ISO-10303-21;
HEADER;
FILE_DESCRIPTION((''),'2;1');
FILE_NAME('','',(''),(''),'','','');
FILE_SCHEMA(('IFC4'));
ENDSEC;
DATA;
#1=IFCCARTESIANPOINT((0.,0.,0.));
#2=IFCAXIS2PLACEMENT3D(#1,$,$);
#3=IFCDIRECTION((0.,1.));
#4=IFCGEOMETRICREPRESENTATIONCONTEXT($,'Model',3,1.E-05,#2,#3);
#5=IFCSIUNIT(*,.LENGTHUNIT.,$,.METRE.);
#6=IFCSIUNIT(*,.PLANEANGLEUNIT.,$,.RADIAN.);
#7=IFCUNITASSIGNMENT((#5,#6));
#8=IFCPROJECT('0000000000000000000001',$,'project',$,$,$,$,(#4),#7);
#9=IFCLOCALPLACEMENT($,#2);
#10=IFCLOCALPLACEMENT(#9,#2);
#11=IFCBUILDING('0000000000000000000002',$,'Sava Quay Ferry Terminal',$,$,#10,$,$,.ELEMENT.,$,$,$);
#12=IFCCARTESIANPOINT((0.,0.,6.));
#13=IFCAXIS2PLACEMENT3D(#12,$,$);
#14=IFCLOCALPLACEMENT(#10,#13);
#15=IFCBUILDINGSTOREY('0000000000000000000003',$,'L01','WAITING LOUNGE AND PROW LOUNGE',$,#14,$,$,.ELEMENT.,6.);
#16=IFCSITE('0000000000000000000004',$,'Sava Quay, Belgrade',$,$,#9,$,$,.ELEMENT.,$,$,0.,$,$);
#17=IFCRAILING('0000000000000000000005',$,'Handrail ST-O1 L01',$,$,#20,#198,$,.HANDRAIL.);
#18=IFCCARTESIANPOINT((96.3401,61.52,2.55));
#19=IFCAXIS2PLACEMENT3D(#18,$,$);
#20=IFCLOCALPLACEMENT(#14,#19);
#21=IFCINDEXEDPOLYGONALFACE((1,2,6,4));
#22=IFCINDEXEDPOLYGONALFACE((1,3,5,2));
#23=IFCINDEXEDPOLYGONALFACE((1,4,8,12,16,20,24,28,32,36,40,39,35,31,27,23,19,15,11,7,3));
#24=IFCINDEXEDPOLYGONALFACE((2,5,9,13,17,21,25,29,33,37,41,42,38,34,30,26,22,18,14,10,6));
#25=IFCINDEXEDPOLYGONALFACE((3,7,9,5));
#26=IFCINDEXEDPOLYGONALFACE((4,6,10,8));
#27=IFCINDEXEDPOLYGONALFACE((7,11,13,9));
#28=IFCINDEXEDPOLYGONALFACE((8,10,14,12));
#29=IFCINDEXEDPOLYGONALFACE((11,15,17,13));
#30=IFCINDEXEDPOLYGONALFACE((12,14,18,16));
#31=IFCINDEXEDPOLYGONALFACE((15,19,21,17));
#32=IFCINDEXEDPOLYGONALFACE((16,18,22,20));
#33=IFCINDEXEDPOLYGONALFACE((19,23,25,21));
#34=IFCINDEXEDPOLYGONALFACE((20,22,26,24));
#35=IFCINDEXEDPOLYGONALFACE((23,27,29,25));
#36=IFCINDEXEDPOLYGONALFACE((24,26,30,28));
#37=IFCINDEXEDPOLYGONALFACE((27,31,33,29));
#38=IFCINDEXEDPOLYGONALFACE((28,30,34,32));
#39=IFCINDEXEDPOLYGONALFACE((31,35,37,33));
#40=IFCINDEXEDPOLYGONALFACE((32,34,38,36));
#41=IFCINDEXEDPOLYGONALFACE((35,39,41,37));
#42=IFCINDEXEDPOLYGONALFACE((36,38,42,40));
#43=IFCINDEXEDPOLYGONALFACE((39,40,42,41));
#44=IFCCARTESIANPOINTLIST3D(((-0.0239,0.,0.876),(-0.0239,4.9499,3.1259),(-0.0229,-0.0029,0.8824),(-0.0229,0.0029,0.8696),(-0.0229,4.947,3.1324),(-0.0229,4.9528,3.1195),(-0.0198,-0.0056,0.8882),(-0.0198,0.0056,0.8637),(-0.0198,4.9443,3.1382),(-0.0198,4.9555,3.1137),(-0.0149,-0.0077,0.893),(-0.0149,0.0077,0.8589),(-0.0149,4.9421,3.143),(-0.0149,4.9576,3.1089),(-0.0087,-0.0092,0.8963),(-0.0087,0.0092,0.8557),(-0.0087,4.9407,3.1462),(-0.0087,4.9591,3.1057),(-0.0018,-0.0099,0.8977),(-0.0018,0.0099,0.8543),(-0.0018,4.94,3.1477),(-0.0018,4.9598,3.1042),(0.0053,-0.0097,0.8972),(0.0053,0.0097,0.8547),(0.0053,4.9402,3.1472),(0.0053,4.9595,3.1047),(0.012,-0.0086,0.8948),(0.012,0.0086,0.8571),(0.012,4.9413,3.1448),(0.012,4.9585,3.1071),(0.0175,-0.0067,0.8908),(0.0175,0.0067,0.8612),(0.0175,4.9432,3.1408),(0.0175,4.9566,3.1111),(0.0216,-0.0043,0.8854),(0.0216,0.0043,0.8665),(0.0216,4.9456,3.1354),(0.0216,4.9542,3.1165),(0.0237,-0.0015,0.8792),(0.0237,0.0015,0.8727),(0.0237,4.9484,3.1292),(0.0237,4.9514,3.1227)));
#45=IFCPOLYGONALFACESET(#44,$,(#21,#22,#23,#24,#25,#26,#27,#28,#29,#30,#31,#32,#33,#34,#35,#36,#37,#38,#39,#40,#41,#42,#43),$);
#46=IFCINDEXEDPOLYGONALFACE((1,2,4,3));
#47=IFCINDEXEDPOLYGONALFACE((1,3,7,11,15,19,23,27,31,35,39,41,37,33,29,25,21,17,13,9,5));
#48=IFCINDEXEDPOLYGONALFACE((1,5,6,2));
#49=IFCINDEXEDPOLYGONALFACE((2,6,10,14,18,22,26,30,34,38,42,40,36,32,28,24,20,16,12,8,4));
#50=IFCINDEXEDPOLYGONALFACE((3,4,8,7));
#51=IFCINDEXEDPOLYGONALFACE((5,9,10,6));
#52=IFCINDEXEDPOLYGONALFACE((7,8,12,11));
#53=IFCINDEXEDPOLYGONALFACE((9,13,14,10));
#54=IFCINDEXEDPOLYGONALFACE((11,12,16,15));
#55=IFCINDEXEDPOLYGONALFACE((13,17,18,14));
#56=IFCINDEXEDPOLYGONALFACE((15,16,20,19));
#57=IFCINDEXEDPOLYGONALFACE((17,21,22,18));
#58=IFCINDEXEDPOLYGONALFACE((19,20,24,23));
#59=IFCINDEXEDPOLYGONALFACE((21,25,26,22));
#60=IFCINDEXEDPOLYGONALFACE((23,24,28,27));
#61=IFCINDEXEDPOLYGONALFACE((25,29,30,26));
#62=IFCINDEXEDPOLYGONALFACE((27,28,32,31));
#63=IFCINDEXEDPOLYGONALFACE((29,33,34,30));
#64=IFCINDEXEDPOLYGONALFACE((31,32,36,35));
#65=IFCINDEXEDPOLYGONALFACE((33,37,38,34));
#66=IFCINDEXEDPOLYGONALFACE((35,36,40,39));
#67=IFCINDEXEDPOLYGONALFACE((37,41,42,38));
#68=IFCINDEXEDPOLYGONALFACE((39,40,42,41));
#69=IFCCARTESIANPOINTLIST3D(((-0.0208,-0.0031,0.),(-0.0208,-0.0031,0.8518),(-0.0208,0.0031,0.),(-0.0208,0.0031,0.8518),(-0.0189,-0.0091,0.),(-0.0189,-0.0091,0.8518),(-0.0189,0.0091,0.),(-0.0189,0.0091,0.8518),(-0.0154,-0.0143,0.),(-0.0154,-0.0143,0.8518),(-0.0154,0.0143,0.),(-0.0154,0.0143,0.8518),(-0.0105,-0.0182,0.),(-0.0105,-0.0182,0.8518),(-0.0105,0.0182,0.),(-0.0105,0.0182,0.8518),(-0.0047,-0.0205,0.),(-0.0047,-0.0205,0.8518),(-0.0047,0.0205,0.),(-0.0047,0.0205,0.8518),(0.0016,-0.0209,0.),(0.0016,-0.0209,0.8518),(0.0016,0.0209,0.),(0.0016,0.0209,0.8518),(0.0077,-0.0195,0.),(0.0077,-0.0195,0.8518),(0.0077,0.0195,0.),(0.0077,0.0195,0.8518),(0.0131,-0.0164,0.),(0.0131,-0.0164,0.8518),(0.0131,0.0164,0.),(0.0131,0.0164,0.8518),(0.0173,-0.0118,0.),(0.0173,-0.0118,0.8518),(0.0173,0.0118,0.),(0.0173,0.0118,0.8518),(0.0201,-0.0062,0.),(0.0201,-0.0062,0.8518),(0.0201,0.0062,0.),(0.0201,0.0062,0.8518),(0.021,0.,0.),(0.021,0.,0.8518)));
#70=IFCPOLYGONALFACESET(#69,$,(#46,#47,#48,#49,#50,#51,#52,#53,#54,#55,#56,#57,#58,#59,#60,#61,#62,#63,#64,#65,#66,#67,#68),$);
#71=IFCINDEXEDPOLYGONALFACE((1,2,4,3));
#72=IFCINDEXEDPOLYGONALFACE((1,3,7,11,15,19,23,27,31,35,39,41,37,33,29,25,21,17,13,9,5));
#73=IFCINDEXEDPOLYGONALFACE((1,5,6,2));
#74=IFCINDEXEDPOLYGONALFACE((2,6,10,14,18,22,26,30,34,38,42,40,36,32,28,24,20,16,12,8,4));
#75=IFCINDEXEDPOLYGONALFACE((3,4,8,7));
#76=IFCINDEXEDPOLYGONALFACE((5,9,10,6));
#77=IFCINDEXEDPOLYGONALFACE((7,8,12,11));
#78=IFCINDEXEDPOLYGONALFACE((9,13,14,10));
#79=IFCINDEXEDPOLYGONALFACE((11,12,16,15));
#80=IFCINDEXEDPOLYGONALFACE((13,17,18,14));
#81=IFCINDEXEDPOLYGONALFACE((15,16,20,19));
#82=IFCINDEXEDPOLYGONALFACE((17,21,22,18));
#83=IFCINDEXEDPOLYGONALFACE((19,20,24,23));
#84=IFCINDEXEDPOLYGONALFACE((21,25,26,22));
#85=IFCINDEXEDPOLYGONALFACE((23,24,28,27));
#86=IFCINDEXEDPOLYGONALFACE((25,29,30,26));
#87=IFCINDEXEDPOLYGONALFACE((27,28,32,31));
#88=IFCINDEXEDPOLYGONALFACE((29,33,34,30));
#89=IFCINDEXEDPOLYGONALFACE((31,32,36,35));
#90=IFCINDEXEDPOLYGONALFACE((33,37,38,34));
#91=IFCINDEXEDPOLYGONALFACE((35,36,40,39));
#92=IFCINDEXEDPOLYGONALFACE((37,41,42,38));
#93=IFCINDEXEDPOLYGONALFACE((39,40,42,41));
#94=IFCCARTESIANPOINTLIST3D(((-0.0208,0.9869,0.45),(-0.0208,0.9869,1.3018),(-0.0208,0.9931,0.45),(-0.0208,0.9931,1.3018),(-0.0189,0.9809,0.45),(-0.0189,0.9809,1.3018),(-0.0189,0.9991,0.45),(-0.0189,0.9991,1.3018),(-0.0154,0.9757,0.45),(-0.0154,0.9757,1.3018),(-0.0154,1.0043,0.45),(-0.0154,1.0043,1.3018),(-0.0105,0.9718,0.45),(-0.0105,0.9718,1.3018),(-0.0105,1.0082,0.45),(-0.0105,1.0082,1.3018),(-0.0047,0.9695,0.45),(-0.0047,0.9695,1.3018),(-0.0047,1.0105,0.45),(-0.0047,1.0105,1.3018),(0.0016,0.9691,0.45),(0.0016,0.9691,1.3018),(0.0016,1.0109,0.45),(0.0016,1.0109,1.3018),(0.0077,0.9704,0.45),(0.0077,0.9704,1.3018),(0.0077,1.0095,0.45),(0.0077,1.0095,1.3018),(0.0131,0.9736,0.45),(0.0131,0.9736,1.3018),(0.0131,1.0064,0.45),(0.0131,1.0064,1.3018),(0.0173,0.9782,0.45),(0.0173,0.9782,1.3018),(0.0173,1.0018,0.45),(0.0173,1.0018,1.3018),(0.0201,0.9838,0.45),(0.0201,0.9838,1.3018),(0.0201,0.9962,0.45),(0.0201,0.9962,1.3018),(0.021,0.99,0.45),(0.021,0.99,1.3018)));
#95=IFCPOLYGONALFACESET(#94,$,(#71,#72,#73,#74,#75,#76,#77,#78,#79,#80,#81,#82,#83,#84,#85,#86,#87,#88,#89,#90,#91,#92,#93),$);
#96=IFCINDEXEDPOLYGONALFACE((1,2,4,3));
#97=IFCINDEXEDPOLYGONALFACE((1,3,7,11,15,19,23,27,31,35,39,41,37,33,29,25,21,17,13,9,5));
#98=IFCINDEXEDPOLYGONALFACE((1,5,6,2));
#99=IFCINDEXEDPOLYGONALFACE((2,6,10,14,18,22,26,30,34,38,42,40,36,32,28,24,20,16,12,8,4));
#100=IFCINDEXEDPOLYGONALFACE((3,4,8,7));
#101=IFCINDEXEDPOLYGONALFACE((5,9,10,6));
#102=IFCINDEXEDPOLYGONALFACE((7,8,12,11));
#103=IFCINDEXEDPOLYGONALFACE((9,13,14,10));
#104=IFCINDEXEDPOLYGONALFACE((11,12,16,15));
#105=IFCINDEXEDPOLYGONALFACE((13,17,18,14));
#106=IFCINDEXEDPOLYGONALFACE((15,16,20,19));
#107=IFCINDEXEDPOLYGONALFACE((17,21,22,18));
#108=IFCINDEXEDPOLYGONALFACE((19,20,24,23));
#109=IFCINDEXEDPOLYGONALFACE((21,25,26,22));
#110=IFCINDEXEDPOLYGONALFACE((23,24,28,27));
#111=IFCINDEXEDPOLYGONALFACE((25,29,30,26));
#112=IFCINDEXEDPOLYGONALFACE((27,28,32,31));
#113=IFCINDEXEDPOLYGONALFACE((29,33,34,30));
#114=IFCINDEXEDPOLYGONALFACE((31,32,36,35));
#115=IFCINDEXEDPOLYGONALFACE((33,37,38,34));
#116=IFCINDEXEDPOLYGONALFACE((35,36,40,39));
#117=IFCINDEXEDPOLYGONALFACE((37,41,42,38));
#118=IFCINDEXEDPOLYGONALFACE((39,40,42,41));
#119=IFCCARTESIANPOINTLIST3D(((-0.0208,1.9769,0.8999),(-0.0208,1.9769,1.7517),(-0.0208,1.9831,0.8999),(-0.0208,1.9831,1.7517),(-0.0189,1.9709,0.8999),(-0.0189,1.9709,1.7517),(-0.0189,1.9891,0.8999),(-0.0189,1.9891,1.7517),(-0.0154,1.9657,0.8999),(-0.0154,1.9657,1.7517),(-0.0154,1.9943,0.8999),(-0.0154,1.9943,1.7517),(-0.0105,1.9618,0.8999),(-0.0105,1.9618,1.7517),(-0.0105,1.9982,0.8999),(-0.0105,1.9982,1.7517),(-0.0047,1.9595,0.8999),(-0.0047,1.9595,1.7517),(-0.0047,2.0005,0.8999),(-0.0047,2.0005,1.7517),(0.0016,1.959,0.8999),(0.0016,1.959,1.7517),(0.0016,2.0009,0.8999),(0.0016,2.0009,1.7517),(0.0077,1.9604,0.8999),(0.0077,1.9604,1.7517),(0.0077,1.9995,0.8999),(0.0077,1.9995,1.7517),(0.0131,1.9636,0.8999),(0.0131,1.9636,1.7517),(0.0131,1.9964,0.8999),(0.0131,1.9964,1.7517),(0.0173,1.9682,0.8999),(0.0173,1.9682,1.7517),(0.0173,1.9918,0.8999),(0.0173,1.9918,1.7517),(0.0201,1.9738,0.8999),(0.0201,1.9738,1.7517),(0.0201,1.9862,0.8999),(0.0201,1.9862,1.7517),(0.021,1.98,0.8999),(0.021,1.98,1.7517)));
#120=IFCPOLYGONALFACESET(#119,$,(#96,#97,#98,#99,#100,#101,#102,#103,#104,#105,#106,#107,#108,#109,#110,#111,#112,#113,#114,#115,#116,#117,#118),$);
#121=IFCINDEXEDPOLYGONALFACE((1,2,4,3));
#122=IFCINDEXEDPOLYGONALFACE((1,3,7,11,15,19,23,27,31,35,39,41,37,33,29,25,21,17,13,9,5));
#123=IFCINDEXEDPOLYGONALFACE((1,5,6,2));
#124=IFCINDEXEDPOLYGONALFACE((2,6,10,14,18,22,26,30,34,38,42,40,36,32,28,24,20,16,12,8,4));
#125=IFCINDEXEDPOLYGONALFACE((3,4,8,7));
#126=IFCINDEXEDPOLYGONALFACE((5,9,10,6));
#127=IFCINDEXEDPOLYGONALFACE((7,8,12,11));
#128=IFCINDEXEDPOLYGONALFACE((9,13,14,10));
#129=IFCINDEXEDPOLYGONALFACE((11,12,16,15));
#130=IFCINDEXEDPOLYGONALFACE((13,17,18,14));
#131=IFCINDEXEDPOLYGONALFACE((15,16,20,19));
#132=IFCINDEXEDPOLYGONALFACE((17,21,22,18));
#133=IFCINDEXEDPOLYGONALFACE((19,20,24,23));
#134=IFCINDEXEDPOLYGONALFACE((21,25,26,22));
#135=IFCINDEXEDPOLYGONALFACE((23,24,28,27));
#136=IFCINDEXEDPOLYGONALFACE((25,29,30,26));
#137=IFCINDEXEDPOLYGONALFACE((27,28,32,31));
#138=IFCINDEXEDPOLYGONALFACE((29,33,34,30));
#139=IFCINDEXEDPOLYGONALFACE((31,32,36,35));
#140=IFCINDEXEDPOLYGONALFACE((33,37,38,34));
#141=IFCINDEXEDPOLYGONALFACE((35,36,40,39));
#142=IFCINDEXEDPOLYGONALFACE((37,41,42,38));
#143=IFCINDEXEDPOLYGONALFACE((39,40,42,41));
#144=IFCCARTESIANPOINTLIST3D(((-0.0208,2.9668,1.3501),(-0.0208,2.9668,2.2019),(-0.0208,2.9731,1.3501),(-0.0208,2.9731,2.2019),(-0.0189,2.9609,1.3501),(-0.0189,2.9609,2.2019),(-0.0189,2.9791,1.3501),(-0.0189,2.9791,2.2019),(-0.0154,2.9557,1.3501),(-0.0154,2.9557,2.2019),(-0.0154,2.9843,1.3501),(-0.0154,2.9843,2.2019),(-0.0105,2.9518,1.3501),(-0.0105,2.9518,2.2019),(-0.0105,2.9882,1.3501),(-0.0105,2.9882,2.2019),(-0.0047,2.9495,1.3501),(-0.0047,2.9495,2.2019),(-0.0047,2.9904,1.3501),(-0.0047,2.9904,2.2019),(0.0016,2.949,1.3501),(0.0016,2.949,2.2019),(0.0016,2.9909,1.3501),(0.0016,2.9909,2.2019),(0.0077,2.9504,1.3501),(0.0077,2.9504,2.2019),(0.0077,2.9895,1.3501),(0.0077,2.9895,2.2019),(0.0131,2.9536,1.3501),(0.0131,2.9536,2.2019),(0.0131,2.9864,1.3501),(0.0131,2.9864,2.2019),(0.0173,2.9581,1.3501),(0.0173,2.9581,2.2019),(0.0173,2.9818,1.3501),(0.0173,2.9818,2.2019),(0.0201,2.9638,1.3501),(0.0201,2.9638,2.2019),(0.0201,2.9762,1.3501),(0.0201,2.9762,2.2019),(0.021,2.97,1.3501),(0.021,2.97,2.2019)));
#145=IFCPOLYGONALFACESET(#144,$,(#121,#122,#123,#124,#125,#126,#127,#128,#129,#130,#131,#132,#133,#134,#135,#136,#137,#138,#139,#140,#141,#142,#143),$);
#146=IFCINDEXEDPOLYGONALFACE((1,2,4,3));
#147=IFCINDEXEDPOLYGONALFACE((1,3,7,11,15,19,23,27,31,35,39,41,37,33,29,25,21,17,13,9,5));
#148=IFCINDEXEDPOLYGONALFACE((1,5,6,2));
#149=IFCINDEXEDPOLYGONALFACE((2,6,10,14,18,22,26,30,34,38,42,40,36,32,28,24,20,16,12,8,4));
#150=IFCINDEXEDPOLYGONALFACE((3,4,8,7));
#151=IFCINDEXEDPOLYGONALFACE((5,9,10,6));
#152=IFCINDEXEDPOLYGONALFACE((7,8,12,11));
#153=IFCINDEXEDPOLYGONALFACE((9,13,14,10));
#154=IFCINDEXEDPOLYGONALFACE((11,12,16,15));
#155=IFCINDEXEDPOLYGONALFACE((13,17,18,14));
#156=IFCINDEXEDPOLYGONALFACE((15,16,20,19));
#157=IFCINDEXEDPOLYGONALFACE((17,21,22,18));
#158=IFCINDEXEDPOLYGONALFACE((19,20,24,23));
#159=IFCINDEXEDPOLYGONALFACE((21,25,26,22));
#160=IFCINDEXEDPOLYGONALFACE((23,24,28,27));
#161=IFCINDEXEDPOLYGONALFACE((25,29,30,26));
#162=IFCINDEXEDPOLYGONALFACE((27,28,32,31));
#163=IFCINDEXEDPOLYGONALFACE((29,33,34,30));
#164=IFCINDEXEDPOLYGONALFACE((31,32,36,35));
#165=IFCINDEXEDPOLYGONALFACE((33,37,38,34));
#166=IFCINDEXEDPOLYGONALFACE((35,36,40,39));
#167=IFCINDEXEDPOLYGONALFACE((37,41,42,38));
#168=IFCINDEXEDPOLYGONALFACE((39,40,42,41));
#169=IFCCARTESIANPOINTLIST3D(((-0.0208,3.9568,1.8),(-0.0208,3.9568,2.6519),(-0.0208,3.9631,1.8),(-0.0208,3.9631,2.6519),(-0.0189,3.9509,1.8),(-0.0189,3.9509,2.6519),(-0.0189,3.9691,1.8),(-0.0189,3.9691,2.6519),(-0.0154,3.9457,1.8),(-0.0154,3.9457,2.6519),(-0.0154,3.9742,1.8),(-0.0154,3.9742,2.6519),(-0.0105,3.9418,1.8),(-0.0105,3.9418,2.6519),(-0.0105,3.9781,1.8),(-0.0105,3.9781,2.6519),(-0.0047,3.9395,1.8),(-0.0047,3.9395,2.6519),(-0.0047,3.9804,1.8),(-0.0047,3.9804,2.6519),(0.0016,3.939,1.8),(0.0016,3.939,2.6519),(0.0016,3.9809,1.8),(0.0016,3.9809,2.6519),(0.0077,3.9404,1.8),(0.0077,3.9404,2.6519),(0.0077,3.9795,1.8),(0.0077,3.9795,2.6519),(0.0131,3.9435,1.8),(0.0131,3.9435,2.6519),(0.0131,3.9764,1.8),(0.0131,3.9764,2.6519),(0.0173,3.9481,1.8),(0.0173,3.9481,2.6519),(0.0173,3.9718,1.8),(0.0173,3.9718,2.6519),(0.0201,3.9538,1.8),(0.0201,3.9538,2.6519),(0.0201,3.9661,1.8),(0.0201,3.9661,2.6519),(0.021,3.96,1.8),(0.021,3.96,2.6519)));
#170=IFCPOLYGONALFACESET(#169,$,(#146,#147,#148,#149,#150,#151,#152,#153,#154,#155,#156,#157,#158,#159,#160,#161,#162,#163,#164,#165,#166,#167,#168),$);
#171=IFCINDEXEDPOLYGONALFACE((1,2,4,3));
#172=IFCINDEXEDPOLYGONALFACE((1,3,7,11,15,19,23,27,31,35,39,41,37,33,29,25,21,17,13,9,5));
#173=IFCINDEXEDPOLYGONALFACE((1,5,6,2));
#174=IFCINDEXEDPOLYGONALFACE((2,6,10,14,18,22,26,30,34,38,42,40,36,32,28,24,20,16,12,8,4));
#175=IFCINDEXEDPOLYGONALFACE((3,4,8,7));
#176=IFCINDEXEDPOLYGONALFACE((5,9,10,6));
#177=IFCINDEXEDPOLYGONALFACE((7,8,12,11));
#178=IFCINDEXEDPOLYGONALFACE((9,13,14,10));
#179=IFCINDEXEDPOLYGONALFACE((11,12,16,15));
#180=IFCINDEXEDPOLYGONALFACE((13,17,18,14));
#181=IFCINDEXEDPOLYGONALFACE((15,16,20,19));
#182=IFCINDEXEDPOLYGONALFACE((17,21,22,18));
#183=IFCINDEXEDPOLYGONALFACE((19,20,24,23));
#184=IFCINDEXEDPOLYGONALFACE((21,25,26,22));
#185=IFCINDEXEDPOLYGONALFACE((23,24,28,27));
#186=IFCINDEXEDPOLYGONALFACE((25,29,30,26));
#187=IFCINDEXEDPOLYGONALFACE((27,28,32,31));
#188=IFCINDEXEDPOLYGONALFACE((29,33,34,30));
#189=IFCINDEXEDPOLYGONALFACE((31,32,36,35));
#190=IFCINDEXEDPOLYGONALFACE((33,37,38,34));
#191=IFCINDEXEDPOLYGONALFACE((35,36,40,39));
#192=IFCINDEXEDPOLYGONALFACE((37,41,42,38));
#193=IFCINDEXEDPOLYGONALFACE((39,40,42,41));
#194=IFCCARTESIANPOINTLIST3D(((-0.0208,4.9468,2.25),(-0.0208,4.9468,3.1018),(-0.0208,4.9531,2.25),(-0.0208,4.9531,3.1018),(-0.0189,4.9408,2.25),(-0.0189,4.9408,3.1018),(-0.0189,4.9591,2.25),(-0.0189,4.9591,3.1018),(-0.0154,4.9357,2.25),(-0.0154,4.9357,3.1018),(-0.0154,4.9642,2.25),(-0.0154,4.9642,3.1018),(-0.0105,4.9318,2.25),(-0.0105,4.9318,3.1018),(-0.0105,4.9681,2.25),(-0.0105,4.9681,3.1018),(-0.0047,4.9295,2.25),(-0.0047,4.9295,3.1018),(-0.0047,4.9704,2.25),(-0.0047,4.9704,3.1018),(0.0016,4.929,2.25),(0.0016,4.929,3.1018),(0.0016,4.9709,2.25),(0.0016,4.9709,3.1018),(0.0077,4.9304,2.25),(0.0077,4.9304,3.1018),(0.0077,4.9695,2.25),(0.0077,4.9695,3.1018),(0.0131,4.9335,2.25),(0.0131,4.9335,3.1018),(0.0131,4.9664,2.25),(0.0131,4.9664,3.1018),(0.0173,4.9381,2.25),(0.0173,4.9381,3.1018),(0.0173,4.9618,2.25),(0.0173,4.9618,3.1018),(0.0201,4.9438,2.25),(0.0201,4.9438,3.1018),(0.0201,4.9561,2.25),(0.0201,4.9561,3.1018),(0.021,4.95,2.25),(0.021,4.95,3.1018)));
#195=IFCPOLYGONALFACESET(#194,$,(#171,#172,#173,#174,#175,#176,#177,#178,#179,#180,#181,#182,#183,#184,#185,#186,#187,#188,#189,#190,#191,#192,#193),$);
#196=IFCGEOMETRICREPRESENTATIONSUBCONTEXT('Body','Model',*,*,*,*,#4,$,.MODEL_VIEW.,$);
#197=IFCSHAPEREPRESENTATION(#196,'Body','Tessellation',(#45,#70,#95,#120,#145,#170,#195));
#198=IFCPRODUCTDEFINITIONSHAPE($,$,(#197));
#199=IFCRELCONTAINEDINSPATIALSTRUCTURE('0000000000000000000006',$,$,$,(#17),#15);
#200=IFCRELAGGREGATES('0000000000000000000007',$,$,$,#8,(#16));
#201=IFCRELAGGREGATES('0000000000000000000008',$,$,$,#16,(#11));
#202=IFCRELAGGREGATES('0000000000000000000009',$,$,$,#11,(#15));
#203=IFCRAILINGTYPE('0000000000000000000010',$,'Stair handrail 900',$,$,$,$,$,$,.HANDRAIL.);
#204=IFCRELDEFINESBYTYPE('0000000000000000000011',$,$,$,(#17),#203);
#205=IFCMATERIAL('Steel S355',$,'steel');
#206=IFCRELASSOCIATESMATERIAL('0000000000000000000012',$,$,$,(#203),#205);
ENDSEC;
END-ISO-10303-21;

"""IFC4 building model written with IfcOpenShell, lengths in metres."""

from ifc_helpers import new_model, si_unit, direction, frame, origin, origin_2d, place, context, subcontext, project, spatial, circle, extrude, material, type_object, element, save


model = new_model("IFC4")

# Units and contexts
model_context = context("Model", 3, precision=1e-05, world=origin(), true_north=direction((0.0, 1.0)))
body_context = subcontext(model_context, "Body", "Model", "MODEL_VIEW")
ifc_project = project(units=[si_unit("LENGTHUNIT", "METRE"), si_unit("PLANEANGLEUNIT", "RADIAN")], contexts=[model_context])

# Site, building, storey
site_placement = place(None, origin())
site = spatial("IfcSite", under=ifc_project, at=site_placement, Name="Sava Quay, Belgrade", CompositionType="ELEMENT", RefElevation=0.0)
building_placement = place(site_placement, origin())
building = spatial("IfcBuilding", under=site, at=building_placement, Name="Sava Quay Ferry Terminal", CompositionType="ELEMENT")
storey_placement = place(building_placement, frame((0.0, 0.0, 6.0)))
storey = spatial("IfcBuildingStorey", under=building, at=storey_placement, Name="L01", Description="WAITING LOUNGE AND PROW LOUNGE", CompositionType="ELEMENT", Elevation=6.0)

# Railing
ifc_material_1 = material(Name="Steel S355", Category="steel")
railing_type_1 = type_object("IfcRailingType", Name="Stair handrail 900", PredefinedType="HANDRAIL", material=ifc_material_1)
railing_1_placement = place(storey_placement, frame((96.3401, 61.52, 2.55)))
element("IfcRailing", 1, at=railing_1_placement, inside=storey, type_object=railing_type_1, Name="Handrail ST-O1 L01", PredefinedType="HANDRAIL", context=body_context, shape_type="SweptSolid", body=[
    extrude(circle(Radius=0.0239, at=origin_2d()), frame((0.0, 0.0, 0.876), z_axis=(0.0, 0.910365, 0.413806), x_axis=(-1.0, 0.0, 0.0)), (0.0, 0.0, 1.0), 5.4373),
    extrude(circle(Radius=0.021, at=origin_2d()), origin(), (0.0, 0.0, 1.0), 0.8518),
    extrude(circle(Radius=0.021, at=origin_2d()), frame((0.0, 0.99, 0.45)), (0.0, 0.0, 1.0), 0.8518),
    extrude(circle(Radius=0.021, at=origin_2d()), frame((0.0, 1.98, 0.8999)), (0.0, 0.0, 1.0), 0.8518),
    extrude(circle(Radius=0.021, at=origin_2d()), frame((0.0, 2.97, 1.3501)), (0.0, 0.0, 1.0), 0.8518),
    extrude(circle(Radius=0.021, at=origin_2d()), frame((0.0, 3.96, 1.8)), (0.0, 0.0, 1.0), 0.8518),
    extrude(circle(Radius=0.021, at=origin_2d()), frame((0.0, 4.95, 2.25)), (0.0, 0.0, 1.0), 0.8518),
])

save(model, "model.ifc")
